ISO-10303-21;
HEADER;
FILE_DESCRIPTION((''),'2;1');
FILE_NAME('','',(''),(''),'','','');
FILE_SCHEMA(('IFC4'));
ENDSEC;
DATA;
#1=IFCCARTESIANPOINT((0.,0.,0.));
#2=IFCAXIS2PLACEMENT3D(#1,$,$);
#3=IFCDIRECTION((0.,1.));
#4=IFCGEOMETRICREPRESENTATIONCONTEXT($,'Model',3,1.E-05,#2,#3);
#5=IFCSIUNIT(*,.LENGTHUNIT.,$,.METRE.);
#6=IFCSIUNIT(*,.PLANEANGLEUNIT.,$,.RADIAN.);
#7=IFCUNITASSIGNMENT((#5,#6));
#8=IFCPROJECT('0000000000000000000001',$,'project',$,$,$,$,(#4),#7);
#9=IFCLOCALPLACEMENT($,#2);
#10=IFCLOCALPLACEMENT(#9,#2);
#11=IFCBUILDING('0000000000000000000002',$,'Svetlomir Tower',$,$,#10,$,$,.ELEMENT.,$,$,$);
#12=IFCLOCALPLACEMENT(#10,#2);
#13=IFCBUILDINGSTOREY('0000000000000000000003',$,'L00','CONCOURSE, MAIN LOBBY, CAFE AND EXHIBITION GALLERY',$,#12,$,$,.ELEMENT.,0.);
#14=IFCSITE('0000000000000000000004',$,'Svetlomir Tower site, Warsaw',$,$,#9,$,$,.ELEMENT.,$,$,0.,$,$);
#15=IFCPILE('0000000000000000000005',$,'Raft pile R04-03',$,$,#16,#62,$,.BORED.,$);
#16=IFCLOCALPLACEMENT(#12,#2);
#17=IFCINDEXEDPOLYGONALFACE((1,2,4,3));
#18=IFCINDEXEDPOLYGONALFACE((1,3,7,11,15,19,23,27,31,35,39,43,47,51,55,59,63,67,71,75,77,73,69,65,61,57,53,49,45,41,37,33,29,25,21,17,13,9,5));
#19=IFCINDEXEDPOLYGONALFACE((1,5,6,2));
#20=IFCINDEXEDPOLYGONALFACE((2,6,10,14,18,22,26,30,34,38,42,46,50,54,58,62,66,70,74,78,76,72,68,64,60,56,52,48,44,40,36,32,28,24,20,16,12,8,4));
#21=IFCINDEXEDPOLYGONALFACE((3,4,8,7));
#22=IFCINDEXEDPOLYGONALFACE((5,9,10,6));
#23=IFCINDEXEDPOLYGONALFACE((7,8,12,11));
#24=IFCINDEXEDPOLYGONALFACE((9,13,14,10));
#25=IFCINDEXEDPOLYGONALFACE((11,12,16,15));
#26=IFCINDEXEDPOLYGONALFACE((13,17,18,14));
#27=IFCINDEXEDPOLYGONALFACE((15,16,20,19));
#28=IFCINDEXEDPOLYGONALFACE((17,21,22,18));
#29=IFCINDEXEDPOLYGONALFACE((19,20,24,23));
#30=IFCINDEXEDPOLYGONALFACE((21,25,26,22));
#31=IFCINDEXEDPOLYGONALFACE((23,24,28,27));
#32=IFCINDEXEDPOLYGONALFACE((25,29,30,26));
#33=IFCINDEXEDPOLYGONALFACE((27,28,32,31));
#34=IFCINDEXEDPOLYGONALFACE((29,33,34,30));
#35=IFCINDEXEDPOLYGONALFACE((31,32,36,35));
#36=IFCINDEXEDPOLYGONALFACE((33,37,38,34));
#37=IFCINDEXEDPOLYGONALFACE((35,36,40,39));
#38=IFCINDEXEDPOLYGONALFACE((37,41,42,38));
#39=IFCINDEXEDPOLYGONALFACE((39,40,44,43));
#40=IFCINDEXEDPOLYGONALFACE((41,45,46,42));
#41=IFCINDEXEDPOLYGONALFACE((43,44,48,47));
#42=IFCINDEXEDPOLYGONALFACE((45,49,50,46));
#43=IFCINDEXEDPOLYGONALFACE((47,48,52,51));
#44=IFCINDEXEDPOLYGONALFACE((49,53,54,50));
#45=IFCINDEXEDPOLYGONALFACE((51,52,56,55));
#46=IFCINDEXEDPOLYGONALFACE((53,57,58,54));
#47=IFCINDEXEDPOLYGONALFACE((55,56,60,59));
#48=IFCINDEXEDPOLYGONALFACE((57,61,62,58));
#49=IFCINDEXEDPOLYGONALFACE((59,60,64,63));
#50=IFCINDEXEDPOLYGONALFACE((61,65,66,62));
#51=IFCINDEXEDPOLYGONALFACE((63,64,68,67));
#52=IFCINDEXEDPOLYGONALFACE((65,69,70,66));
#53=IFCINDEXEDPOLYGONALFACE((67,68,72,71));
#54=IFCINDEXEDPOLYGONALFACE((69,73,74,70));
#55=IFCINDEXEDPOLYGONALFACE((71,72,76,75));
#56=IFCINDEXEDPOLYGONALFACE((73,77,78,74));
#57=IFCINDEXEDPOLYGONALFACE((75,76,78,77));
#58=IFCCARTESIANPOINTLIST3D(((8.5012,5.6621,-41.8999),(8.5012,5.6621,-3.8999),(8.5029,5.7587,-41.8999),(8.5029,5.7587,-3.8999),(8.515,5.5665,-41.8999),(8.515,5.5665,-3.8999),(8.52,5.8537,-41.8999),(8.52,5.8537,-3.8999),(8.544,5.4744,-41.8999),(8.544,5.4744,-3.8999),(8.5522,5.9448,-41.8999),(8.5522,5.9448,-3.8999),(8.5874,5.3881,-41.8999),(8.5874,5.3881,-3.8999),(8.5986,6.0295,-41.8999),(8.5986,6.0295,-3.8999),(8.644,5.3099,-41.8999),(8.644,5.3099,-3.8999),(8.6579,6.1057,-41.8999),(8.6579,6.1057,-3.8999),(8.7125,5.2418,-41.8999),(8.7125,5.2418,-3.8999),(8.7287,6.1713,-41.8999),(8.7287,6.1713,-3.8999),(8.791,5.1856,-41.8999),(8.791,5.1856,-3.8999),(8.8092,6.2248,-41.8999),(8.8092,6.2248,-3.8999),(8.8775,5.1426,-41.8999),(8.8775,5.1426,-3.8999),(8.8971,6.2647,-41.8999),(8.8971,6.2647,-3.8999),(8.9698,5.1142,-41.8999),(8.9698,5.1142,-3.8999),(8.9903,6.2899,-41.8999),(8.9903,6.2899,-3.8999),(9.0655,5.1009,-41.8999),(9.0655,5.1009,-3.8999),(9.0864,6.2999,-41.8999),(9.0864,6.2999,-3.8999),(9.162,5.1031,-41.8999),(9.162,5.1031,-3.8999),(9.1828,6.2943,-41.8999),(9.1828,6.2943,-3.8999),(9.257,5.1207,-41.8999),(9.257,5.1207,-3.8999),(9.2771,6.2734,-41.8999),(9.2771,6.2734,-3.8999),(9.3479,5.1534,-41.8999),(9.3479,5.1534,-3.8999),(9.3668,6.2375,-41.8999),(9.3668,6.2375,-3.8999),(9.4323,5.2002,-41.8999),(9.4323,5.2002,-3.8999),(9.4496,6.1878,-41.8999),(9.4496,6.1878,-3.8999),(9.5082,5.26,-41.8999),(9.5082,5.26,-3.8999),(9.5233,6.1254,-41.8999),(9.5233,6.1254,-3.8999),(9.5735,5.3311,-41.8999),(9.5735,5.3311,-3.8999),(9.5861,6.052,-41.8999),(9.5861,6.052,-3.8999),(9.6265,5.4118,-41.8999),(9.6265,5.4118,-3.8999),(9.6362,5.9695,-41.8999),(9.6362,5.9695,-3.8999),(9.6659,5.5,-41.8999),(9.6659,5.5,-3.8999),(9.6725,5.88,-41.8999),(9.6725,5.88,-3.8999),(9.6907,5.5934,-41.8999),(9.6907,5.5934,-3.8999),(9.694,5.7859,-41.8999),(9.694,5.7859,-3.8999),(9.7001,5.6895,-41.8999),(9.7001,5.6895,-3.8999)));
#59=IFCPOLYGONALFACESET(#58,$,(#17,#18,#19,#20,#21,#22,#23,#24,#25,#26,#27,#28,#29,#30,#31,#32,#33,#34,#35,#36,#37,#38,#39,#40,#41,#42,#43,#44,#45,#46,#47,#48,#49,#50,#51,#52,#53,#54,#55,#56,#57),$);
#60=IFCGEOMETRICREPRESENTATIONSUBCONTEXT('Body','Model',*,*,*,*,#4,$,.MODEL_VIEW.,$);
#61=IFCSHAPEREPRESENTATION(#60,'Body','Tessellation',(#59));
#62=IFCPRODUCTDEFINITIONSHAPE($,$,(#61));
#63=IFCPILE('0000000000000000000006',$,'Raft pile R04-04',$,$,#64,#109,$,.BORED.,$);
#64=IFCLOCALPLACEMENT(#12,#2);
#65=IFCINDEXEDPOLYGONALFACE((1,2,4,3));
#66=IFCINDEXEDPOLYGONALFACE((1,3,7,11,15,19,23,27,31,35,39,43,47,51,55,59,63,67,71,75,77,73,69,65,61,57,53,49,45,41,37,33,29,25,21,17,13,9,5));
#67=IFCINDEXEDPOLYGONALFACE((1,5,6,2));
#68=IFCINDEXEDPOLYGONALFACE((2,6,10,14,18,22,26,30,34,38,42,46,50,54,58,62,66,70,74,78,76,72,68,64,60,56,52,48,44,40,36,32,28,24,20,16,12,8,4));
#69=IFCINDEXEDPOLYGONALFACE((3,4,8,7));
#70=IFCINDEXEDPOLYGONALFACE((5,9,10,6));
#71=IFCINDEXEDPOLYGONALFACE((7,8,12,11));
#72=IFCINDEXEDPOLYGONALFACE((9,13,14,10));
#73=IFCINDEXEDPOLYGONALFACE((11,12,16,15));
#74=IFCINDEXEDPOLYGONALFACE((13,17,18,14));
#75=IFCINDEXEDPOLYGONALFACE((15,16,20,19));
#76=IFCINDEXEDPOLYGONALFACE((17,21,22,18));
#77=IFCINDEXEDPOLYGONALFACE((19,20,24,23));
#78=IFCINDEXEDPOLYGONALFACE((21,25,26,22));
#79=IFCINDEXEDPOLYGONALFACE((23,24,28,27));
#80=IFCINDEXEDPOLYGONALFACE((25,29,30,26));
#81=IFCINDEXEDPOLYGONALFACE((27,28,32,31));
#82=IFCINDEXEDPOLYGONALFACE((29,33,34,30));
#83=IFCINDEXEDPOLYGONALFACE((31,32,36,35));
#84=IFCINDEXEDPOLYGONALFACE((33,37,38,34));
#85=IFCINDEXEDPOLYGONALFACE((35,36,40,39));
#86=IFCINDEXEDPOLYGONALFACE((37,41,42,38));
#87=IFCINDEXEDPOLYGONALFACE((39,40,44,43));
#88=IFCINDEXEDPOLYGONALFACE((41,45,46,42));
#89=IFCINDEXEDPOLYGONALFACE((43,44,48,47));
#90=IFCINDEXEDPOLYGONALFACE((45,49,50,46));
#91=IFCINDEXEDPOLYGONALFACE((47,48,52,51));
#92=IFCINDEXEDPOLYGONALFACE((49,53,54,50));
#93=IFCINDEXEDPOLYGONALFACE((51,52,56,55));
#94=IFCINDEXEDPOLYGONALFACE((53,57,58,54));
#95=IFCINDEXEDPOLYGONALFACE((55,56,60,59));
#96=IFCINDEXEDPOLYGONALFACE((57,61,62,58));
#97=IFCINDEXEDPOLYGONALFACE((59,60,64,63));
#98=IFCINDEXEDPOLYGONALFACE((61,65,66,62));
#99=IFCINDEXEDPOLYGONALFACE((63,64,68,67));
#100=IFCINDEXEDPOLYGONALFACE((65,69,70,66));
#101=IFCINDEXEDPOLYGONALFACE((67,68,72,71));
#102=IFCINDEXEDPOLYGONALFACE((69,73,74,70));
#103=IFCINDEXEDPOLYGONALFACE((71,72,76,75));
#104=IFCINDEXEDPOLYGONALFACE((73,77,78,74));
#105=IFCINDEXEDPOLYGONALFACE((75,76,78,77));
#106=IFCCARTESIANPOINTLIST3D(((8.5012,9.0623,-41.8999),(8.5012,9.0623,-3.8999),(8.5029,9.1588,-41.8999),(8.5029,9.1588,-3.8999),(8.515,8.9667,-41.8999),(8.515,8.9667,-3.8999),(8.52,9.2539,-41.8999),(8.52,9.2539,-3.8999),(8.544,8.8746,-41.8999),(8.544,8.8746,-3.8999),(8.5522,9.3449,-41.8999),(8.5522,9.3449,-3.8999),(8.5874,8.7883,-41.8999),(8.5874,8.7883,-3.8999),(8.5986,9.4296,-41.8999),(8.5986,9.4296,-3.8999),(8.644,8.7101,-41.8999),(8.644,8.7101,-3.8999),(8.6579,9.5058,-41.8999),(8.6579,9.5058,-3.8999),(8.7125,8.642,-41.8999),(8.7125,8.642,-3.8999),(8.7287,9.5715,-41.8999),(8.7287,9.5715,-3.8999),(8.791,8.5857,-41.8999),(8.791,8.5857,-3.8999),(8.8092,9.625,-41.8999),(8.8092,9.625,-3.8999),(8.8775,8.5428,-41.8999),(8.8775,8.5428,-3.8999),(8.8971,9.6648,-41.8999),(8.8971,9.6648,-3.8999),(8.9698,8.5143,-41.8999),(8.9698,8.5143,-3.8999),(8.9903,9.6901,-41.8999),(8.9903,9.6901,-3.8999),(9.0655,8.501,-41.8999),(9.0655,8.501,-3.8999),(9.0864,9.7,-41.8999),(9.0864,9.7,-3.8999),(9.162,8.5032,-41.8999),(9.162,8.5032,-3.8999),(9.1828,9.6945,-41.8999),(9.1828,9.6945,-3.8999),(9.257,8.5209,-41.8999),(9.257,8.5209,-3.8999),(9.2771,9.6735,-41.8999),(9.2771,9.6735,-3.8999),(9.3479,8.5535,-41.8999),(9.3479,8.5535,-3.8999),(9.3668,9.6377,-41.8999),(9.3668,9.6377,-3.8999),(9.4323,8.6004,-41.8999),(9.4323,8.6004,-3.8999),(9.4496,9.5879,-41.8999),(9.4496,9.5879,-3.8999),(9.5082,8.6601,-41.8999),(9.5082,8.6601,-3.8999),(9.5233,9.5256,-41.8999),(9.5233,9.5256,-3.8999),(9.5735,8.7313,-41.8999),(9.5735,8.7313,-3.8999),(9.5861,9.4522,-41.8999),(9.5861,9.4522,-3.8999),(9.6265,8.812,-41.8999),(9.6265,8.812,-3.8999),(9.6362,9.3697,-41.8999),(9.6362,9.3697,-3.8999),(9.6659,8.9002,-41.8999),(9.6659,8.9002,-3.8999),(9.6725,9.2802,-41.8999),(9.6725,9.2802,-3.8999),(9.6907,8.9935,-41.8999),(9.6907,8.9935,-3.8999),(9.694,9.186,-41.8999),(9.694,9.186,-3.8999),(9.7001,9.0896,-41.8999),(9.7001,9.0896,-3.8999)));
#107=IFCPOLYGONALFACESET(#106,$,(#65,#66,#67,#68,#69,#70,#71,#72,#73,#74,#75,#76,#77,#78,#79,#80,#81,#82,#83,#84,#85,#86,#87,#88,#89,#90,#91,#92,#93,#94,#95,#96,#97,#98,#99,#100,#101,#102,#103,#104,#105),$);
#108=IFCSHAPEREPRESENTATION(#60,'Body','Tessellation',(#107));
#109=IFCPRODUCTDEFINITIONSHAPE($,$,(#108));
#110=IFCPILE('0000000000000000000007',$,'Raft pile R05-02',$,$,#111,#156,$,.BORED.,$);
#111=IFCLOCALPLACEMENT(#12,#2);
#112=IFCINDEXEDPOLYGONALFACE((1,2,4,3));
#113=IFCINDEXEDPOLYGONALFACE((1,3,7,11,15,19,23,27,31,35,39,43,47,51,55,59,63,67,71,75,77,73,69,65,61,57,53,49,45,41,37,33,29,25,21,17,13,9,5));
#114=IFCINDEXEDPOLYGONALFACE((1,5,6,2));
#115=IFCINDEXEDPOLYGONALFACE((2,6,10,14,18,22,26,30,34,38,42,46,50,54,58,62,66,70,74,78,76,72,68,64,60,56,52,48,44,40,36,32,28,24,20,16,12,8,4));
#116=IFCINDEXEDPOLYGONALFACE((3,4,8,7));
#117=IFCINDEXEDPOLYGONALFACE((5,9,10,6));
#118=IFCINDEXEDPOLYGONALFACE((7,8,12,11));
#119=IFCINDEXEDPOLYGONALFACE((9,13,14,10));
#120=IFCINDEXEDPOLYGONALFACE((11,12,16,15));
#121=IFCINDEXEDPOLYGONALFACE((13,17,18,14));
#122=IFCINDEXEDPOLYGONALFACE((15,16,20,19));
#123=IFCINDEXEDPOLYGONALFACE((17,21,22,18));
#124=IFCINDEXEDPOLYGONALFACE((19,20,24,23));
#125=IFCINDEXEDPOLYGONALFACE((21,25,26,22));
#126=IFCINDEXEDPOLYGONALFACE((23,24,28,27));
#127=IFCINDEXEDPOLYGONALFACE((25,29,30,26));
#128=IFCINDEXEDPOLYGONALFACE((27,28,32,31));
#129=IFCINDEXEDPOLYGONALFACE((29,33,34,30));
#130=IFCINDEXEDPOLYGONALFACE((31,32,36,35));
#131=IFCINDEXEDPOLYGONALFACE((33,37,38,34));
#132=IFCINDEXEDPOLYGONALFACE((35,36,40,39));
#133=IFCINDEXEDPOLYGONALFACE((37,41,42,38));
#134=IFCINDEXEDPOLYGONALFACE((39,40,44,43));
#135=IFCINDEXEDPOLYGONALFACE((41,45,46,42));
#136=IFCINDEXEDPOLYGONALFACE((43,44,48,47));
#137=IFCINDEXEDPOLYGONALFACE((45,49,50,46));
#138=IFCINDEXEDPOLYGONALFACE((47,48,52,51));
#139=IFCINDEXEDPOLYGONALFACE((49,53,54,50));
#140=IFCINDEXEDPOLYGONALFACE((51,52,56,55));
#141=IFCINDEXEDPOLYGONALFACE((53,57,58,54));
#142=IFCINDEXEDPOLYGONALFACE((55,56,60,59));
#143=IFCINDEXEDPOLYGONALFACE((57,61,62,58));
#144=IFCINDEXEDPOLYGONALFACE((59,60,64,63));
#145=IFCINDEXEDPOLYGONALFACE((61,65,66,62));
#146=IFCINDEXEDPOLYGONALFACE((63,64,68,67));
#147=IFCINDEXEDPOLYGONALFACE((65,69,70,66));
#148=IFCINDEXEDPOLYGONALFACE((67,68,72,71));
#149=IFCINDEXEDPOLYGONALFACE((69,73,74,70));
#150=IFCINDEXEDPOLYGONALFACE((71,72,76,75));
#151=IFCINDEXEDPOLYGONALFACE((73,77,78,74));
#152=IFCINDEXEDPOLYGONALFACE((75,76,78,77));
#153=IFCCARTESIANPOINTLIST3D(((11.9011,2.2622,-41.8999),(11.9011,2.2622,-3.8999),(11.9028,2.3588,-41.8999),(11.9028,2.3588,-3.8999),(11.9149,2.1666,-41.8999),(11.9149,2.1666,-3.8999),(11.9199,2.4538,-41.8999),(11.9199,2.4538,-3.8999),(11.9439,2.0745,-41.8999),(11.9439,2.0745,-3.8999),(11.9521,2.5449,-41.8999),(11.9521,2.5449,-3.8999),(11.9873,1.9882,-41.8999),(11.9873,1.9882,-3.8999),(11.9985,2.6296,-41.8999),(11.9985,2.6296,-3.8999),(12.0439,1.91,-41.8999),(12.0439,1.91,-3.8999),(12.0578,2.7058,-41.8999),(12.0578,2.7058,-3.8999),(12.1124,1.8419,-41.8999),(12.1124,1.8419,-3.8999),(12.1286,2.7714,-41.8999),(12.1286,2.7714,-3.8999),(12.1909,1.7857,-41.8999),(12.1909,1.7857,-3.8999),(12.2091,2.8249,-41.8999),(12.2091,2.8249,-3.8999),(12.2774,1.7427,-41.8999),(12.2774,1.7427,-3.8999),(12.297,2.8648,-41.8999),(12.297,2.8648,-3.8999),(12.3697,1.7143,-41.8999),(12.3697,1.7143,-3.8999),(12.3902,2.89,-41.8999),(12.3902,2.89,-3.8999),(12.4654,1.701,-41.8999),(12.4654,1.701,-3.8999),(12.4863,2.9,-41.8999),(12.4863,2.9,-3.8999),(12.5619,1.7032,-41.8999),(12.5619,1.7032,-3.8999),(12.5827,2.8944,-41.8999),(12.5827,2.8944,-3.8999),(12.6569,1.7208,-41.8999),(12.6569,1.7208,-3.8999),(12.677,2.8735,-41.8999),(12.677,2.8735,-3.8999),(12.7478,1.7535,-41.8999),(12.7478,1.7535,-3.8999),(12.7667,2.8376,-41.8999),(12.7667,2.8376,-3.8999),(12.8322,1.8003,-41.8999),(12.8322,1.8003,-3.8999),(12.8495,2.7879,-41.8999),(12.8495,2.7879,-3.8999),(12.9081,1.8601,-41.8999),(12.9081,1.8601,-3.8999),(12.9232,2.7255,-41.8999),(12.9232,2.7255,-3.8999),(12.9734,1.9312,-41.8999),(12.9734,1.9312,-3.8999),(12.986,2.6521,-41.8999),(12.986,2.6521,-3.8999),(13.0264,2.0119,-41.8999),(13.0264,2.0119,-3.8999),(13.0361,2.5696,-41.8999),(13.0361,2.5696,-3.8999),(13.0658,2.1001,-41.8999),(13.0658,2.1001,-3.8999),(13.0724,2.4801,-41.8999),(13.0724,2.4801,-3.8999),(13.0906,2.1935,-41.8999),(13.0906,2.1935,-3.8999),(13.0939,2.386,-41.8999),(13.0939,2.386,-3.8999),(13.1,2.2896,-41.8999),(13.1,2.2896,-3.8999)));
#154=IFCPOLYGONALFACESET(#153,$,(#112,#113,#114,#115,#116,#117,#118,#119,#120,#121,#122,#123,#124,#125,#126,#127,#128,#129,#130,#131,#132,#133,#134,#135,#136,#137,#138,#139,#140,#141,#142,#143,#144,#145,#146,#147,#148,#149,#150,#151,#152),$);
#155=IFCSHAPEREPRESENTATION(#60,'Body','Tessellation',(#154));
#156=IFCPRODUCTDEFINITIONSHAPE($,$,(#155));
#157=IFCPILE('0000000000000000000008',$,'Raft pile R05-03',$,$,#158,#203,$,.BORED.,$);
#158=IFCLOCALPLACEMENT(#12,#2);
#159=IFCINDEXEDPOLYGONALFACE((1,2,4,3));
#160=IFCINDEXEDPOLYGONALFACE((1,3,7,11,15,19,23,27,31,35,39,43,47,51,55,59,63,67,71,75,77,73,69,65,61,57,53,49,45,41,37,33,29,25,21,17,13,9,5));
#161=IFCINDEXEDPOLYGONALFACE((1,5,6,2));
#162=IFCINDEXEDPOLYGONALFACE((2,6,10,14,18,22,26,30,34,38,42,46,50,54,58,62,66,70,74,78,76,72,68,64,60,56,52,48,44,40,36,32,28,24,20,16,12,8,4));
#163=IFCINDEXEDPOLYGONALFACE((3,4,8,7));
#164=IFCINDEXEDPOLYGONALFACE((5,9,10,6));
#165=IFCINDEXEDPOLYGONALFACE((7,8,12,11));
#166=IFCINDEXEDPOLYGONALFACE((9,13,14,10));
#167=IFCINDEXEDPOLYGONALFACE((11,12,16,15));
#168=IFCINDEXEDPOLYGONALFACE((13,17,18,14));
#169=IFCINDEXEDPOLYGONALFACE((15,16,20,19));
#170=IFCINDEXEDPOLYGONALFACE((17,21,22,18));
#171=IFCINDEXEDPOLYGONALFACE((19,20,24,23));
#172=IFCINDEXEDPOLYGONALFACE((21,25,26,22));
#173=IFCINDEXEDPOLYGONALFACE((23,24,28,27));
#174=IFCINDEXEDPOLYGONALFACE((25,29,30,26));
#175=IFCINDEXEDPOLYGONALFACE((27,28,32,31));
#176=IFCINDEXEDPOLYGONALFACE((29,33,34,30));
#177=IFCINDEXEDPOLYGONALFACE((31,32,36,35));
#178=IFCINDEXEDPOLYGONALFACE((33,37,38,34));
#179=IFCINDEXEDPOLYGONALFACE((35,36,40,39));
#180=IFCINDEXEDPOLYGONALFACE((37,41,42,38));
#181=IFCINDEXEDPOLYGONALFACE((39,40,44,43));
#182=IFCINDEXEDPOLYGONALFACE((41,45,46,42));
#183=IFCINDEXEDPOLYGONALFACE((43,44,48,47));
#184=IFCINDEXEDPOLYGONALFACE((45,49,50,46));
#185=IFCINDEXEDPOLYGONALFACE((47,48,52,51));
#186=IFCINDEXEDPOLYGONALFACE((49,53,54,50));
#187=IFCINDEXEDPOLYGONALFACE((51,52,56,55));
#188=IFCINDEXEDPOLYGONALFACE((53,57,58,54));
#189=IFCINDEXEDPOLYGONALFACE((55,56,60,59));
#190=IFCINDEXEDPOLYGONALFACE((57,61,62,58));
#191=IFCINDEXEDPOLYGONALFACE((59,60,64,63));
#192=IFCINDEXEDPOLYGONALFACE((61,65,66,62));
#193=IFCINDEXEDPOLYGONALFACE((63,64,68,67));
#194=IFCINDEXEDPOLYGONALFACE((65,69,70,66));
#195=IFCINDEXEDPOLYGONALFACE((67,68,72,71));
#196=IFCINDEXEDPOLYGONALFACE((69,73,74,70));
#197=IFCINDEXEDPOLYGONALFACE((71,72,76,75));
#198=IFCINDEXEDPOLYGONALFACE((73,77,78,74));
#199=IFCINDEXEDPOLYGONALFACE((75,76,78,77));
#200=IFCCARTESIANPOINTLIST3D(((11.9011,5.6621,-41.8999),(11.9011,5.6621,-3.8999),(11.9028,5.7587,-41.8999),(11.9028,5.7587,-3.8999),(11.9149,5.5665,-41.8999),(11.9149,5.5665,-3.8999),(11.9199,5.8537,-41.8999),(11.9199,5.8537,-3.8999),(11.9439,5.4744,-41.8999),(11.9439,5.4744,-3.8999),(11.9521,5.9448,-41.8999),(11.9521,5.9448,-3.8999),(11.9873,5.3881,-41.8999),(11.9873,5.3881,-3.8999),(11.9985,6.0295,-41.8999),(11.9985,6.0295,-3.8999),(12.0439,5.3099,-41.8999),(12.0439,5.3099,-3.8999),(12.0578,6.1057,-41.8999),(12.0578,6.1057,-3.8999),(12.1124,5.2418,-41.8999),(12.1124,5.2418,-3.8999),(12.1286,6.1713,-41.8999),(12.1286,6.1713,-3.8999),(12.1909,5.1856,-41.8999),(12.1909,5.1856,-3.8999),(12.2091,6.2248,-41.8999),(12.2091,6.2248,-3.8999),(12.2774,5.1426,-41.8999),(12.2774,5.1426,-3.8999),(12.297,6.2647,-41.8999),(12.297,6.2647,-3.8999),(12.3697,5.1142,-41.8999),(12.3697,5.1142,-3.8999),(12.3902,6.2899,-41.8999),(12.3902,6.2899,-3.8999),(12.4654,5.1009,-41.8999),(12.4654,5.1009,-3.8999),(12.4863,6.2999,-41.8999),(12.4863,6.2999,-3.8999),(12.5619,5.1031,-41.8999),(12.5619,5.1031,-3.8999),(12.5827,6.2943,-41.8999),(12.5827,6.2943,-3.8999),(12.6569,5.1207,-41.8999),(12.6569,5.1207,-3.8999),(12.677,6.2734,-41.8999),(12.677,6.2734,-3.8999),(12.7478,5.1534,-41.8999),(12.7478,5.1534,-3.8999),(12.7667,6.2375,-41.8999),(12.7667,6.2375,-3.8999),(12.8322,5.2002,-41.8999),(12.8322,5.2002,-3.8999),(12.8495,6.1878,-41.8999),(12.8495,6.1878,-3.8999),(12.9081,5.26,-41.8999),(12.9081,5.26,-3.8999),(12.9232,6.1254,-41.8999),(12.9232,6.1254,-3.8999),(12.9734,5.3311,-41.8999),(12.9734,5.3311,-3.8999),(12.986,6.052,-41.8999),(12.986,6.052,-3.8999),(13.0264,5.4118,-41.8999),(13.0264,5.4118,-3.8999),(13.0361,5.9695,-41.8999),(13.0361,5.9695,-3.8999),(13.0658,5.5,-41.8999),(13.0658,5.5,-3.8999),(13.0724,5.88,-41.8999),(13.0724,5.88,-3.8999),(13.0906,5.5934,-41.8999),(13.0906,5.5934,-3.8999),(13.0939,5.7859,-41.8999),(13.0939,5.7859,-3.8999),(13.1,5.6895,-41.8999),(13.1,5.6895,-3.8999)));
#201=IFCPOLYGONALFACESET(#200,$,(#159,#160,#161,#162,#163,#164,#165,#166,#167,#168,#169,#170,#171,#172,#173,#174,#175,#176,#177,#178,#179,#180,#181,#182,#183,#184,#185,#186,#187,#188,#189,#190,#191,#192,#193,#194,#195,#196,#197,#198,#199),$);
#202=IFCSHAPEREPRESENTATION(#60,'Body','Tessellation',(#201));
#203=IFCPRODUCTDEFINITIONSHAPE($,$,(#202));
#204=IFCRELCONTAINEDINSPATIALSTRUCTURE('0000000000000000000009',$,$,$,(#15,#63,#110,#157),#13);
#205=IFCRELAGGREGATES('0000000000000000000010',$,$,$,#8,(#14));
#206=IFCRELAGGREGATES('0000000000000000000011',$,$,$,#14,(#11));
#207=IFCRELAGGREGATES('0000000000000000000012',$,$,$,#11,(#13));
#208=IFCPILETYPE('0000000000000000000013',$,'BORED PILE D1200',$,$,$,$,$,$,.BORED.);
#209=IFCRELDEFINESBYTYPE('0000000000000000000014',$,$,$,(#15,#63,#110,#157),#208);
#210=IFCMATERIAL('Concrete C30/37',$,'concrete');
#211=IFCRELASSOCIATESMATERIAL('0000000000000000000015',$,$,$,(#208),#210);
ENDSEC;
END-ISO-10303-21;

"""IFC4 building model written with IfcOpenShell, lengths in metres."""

from ifc_helpers import new_model, si_unit, direction, frame, frame_2d, origin, origin_2d, place, context, subcontext, project, spatial, circle, extrude, material, material_profile, profile_set, type_object, element, save


model = new_model("IFC4")

# Units and contexts
model_context = context("Model", 3, precision=1e-05, world=origin(), true_north=direction((0.0, 1.0)))
body_context = subcontext(model_context, "Body", "Model", "MODEL_VIEW")
ifc_project = project(units=[si_unit("LENGTHUNIT", "METRE"), si_unit("PLANEANGLEUNIT", "RADIAN")], contexts=[model_context])

# Site, building, storey
site_placement = place(None, origin())
site = spatial("IfcSite", under=ifc_project, at=site_placement, Name="Svetlomir Tower site, Warsaw", CompositionType="ELEMENT", RefElevation=0.0)
building_placement = place(site_placement, origin())
building = spatial("IfcBuilding", under=site, at=building_placement, Name="Svetlomir Tower", CompositionType="ELEMENT")
storey_placement = place(building_placement, origin())
storey = spatial("IfcBuildingStorey", under=building, at=storey_placement, Name="L00", Description="CONCOURSE, MAIN LOBBY, CAFE AND EXHIBITION GALLERY", CompositionType="ELEMENT", Elevation=0.0)

# Piles
ifc_material_1 = material(Name="Concrete C30/37", Category="concrete")
ifc_material_profile_1 = material_profile(ifc_material_1, circle(Radius=0.6001, at=origin_2d()), Name="D1200")
ifc_profile_set_1 = profile_set([ifc_material_profile_1], Name="Concrete C30/37")
pile_type = type_object("IfcPileType", Name="BORED PILE D1200", PredefinedType="BORED", material=ifc_profile_set_1)
for number, where, z_axis, x_axis, name in (
    (1, (9.1001, 5.7, -3.8999), (0.0, 0.0, -1.0), (1.0, 0.0, 0.0), "Raft pile R04-03"),
    (2, (9.1001, 9.1001, -3.8999), (0.0, 0.0, -1.0), (1.0, 0.0, 0.0), "Raft pile R04-04"),
    (3, (12.5, 2.3, -3.8999), (0.0, 0.0, -1.0), (1.0, 0.0, 0.0), "Raft pile R05-02"),
    (4, (12.5, 5.7, -3.8999), (0.0, 0.0, -1.0), (1.0, 0.0, 0.0), "Raft pile R05-03"),
):
    element("IfcPile", number, at=place(storey_placement, frame(where, z_axis=z_axis, x_axis=x_axis)), inside=storey, type_object=pile_type, Name=name, PredefinedType="BORED", context=body_context, shape_type="SweptSolid", body=[
        extrude(circle(Radius=0.6001, at=frame_2d((0.0, 0.0), x_axis=(0.999848, 0.017452))), origin(), (0.0, 0.0, 1.0), 38.0),
    ])

save(model, "model.ifc")
